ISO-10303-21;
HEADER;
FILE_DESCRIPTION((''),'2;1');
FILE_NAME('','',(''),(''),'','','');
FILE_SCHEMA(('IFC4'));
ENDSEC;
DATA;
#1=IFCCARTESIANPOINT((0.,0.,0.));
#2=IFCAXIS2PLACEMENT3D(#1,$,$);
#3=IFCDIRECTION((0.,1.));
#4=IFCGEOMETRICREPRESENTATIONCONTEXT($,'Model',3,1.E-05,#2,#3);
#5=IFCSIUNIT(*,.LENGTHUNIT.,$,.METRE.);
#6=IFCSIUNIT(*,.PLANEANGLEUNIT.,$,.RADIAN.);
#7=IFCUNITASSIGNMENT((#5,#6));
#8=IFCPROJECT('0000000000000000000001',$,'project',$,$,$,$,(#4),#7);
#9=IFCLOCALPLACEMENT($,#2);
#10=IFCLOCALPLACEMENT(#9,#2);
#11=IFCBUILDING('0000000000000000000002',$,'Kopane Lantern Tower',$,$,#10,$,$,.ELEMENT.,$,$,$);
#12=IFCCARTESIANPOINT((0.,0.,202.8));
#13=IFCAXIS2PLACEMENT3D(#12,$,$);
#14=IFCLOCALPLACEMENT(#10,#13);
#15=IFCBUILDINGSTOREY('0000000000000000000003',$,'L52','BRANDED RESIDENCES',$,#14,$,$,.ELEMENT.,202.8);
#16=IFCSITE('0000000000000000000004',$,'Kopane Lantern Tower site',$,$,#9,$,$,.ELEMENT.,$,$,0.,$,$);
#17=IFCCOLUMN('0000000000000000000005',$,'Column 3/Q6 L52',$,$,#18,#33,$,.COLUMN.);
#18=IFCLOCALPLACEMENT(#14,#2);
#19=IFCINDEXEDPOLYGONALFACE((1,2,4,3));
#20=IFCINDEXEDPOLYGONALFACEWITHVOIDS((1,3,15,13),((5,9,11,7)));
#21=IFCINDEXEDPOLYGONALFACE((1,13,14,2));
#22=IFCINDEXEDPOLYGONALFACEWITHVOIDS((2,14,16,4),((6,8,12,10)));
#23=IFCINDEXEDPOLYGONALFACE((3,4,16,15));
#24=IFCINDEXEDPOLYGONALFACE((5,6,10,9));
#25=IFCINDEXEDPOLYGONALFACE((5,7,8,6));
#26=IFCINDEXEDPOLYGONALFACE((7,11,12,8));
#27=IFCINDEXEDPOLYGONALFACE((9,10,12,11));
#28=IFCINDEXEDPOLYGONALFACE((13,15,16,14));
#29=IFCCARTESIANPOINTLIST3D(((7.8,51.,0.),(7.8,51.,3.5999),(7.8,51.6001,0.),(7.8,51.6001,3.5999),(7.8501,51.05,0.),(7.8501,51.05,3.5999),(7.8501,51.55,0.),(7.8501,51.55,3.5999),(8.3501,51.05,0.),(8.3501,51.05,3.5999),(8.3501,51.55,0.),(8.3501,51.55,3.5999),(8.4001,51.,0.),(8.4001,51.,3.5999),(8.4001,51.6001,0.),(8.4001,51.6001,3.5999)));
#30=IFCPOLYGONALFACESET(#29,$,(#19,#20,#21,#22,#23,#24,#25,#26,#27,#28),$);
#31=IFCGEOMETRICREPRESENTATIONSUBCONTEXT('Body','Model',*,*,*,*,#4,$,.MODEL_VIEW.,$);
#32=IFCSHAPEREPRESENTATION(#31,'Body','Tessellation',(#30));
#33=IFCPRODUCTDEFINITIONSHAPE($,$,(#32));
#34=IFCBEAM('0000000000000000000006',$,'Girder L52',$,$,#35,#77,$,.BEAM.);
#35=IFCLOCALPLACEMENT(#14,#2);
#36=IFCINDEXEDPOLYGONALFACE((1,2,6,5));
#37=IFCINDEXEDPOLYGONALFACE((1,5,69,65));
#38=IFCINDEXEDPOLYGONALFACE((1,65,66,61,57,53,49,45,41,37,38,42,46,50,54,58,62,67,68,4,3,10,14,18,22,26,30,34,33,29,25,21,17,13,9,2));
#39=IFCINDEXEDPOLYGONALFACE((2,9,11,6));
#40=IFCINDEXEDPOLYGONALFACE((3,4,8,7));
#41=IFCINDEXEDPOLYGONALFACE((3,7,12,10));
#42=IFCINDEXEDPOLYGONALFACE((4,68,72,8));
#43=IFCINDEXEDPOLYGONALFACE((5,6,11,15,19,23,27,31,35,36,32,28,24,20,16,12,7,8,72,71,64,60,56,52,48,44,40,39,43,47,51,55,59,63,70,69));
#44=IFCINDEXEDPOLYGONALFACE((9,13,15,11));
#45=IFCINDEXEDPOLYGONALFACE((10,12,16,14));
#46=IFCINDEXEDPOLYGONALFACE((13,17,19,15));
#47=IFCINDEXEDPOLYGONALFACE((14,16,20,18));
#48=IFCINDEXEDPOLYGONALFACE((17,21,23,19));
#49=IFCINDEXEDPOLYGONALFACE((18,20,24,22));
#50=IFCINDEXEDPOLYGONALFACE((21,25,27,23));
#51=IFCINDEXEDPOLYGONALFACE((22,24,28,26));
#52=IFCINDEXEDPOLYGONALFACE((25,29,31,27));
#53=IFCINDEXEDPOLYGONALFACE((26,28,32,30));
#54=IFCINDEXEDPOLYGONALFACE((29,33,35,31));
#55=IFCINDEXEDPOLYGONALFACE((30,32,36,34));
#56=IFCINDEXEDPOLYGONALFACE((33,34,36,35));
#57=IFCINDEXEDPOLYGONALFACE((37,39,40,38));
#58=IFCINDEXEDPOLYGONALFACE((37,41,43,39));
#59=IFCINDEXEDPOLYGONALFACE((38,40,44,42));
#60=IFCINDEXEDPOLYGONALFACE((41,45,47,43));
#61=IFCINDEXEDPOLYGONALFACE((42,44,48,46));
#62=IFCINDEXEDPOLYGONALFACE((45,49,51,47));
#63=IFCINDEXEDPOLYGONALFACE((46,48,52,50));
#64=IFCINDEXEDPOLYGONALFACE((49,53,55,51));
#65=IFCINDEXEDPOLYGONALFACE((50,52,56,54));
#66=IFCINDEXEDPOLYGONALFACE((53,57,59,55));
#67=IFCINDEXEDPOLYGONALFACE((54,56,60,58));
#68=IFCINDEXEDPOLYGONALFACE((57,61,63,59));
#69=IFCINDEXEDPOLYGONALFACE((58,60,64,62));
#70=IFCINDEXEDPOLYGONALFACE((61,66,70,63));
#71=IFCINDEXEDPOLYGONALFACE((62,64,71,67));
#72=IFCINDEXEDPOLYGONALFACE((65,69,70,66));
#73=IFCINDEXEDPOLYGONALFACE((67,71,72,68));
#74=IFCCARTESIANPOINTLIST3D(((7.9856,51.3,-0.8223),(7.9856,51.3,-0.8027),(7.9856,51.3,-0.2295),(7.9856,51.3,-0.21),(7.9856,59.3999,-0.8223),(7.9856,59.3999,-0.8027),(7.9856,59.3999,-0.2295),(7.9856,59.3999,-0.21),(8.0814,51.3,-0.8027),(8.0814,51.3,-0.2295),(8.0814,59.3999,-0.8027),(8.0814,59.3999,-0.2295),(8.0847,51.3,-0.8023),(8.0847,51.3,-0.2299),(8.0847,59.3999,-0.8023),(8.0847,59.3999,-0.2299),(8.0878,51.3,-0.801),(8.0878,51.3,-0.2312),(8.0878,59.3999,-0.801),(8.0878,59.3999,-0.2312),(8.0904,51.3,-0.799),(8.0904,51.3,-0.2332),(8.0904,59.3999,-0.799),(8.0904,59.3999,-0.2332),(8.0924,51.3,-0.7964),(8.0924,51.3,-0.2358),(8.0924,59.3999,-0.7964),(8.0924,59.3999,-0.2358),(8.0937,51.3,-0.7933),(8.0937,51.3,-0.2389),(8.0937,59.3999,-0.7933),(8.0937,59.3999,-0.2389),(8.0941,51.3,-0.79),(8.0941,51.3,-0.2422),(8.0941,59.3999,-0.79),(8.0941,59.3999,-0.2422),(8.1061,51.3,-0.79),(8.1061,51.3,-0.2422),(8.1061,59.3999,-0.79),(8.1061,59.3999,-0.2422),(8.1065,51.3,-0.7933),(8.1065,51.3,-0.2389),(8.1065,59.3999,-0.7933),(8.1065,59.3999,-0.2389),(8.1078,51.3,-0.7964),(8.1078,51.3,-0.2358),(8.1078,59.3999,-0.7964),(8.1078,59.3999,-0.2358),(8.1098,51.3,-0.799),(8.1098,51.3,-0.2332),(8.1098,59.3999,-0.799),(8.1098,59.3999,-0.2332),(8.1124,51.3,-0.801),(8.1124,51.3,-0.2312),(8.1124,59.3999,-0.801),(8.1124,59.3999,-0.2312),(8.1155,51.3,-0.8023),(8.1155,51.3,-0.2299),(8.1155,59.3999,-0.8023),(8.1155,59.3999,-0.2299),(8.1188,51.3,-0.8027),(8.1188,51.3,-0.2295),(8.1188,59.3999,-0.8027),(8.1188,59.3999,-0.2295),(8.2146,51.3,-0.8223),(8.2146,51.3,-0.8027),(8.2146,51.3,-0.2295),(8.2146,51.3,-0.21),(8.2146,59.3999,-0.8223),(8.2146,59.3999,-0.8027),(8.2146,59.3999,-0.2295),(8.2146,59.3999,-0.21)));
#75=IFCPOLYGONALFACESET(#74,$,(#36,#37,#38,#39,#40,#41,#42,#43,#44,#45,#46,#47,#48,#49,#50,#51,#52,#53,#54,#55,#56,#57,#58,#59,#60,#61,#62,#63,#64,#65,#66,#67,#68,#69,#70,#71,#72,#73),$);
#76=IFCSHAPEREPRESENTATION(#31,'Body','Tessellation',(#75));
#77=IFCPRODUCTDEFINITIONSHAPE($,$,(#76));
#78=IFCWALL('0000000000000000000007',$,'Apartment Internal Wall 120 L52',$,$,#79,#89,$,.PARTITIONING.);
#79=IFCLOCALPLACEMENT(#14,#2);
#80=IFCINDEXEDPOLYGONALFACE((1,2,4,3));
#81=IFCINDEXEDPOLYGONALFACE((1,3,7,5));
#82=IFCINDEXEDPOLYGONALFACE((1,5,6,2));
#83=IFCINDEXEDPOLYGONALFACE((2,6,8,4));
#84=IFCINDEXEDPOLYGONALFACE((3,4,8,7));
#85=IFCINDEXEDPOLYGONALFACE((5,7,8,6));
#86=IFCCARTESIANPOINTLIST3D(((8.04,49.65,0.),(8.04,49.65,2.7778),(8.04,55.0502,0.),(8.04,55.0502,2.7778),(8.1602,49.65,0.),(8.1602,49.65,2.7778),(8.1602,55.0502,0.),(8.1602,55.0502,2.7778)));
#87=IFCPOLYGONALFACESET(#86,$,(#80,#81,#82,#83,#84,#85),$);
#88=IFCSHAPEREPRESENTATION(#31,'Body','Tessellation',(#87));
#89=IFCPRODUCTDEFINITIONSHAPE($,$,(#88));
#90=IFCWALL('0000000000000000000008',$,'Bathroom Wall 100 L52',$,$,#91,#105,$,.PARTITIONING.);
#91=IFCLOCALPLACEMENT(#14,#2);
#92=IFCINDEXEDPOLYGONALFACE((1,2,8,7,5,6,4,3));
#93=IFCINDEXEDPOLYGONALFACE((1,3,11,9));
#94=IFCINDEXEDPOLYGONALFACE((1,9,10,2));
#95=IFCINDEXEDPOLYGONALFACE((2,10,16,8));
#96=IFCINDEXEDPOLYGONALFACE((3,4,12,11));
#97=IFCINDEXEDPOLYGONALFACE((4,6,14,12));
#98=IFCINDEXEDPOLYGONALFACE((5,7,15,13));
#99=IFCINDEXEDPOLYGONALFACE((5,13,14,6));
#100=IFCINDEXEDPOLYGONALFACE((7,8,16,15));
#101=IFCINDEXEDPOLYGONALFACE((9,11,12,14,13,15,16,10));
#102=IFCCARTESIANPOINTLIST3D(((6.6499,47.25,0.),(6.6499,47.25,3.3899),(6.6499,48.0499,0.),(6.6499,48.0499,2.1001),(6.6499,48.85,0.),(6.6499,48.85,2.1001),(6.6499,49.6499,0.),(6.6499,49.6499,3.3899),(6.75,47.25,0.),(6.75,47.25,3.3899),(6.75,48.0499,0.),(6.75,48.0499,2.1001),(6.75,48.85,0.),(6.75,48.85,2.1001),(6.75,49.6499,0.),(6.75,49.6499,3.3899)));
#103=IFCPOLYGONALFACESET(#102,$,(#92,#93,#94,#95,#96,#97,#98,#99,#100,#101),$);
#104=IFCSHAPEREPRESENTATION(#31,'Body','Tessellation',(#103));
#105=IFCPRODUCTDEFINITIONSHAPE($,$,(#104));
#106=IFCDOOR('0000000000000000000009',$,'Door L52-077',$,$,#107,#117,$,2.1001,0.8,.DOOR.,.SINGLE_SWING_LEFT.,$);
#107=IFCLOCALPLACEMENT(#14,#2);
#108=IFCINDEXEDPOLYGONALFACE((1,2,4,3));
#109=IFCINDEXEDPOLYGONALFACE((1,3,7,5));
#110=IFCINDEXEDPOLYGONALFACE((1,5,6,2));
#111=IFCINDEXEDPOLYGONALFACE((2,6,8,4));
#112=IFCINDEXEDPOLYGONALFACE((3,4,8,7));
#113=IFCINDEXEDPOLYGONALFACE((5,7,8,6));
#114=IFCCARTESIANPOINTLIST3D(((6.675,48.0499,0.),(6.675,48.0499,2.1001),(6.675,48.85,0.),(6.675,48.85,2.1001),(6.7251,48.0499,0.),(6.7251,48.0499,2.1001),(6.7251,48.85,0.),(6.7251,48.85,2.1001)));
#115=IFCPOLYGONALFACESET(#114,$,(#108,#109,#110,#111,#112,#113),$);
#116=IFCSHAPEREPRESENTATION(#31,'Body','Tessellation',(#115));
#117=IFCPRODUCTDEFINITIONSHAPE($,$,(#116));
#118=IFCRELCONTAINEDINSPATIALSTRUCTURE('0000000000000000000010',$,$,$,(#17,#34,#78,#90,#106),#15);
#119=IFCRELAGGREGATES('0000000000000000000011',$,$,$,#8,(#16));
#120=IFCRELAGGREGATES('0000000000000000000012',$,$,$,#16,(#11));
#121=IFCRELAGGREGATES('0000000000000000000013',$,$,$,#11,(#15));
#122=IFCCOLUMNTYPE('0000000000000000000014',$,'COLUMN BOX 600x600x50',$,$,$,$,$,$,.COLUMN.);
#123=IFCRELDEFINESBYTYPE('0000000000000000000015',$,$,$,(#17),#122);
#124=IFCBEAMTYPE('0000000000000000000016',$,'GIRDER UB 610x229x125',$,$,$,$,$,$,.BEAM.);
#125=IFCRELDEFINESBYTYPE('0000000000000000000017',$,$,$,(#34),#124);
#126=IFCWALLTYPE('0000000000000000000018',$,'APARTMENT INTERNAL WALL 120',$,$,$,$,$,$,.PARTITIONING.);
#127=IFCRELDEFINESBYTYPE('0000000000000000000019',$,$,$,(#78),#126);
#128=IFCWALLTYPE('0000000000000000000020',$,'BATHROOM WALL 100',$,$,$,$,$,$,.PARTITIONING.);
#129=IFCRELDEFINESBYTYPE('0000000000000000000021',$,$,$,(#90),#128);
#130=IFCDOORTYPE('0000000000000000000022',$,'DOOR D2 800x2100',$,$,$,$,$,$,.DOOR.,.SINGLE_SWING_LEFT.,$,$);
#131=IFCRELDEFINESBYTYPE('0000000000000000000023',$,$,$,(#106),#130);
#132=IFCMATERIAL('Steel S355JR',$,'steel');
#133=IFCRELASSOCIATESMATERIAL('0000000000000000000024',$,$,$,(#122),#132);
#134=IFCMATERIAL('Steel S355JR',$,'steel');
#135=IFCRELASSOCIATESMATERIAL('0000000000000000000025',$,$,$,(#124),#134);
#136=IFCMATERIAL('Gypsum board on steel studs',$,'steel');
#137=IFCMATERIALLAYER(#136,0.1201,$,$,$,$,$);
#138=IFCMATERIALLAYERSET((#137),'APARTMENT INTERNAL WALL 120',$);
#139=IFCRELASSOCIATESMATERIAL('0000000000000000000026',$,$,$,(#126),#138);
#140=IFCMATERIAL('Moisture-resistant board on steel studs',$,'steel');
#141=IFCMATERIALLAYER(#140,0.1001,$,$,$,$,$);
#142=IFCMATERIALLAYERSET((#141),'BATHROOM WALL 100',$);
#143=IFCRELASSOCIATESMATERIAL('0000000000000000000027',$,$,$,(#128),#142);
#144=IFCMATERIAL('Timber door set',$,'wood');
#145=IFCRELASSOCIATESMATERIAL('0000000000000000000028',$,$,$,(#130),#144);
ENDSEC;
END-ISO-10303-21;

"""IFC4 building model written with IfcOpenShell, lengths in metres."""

from ifc_helpers import new_model, si_unit, direction, frame, frame_2d, origin, origin_2d, place, context, subcontext, project, spatial, rectangle, hollow_rectangle, i_section, extrude, material, layer, layer_set, material_profile, profile_set, type_object, element, fill, save


model = new_model("IFC4")

# Units and contexts
model_context = context("Model", 3, precision=1e-05, world=origin(), true_north=direction((0.0, 1.0)))
body_context = subcontext(model_context, "Body", "Model", "MODEL_VIEW")
ifc_project = project(units=[si_unit("LENGTHUNIT", "METRE"), si_unit("PLANEANGLEUNIT", "RADIAN")], contexts=[model_context])

# Site, building, storey
site_placement = place(None, origin())
site = spatial("IfcSite", under=ifc_project, at=site_placement, Name="Kopane Lantern Tower site", CompositionType="ELEMENT", RefElevation=0.0)
building_placement = place(site_placement, origin())
building = spatial("IfcBuilding", under=site, at=building_placement, Name="Kopane Lantern Tower", CompositionType="ELEMENT")
storey_placement = place(building_placement, frame((0.0, 0.0, 202.8)))
storey = spatial("IfcBuildingStorey", under=building, at=storey_placement, Name="L52", Description="BRANDED RESIDENCES", CompositionType="ELEMENT", Elevation=202.8)

# Column
ifc_material_1 = material(Name="Steel S355JR", Category="steel")
ifc_material_profile_1 = material_profile(ifc_material_1, hollow_rectangle(XDim=0.6001, YDim=0.6001, WallThickness=0.05, at=origin_2d()), Name="BOX 600x600x50")
ifc_profile_set_1 = profile_set([ifc_material_profile_1], Name="Steel S355JR")
column_type = type_object("IfcColumnType", Name="COLUMN BOX 600x600x50", PredefinedType="COLUMN", material=ifc_profile_set_1)
column_placement = place(storey_placement, frame((8.1001, 51.3, 0.0), z_axis=(0.0, 0.0, 1.0), x_axis=(1.0, 0.0, 0.0)))
element("IfcColumn", 1, at=column_placement, inside=storey, type_object=column_type, Name="Column 3/Q6 L52", PredefinedType="COLUMN", context=body_context, shape_type="SweptSolid", body=[
    extrude(hollow_rectangle(XDim=0.6001, YDim=0.6001, WallThickness=0.05, at=origin_2d()), origin(), (0.0, 0.0, 1.0), 3.5999),
])

# Beam
ifc_material_2 = material(Name="Steel S355JR", Category="steel")
ifc_material_profile_2 = material_profile(ifc_material_2, i_section(OverallWidth=0.229, OverallDepth=0.6123, WebThickness=0.012, FlangeThickness=0.0195, FilletRadius=0.0127, at=origin_2d()), Name="UB 610x229x125")
ifc_profile_set_2 = profile_set([ifc_material_profile_2], Name="Steel S355JR")
beam_type = type_object("IfcBeamType", Name="GIRDER UB 610x229x125", PredefinedType="BEAM", material=ifc_profile_set_2)
beam_placement = place(storey_placement, frame((8.1001, 51.3, -0.5161), z_axis=(0.0, 1.0, 0.0), x_axis=(-1.0, 0.0, 0.0)))
element("IfcBeam", 2, at=beam_placement, inside=storey, type_object=beam_type, Name="Girder L52", PredefinedType="BEAM", context=body_context, shape_type="SweptSolid", body=[
    extrude(i_section(OverallWidth=0.229, OverallDepth=0.6123, WebThickness=0.012, FlangeThickness=0.0195, FilletRadius=0.0127, at=origin_2d()), origin(), (0.0, 0.0, 1.0), 8.0999),
])

# Wall
ifc_material_3 = material(Name="Gypsum board on steel studs", Category="steel")
ifc_layer_1 = layer(ifc_material_3, 0.1201)
ifc_layer_set_1 = layer_set([ifc_layer_1], Name="APARTMENT INTERNAL WALL 120")
wall_type_1 = type_object("IfcWallType", Name="APARTMENT INTERNAL WALL 120", PredefinedType="PARTITIONING", material=ifc_layer_set_1)
wall_1_placement = place(storey_placement, frame((8.1001, 49.6499, 0.0), z_axis=(0.0, 0.0, 1.0), x_axis=(0.0, 1.0, 0.0)))
element("IfcWall", 3, at=wall_1_placement, inside=storey, type_object=wall_type_1, Name="Apartment Internal Wall 120 L52", PredefinedType="PARTITIONING", context=body_context, shape_type="SweptSolid", body=[
    extrude(rectangle(XDim=5.4001, YDim=0.1201, at=frame_2d((2.7002, 0.0))), origin(), (0.0, 0.0, 1.0), 2.7778),
])

# Wall, opening, door
ifc_material_4 = material(Name="Moisture-resistant board on steel studs", Category="steel")
ifc_layer_2 = layer(ifc_material_4, 0.1001)
ifc_layer_set_2 = layer_set([ifc_layer_2], Name="BATHROOM WALL 100")
wall_type_2 = type_object("IfcWallType", Name="BATHROOM WALL 100", PredefinedType="PARTITIONING", material=ifc_layer_set_2)
wall_2_placement = place(storey_placement, frame((6.7, 47.25, 0.0), z_axis=(0.0, 0.0, 1.0), x_axis=(0.0, 1.0, 0.0)))
wall_2 = element("IfcWall", 4, at=wall_2_placement, inside=storey, type_object=wall_type_2, Name="Bathroom Wall 100 L52", PredefinedType="PARTITIONING", context=body_context, shape_type="SweptSolid", body=[
    extrude(rectangle(XDim=2.3999, YDim=0.1001, at=frame_2d((1.2, 0.0))), origin(), (0.0, 0.0, 1.0), 3.3899),
])
opening_1_placement = place(wall_2_placement, frame((0.8, 0.0, 0.0)))
opening_1 = element("IfcOpeningElement", 5, at=opening_1_placement, cuts=wall_2, PredefinedType="OPENING", context=body_context, shape_type="SweptSolid", body=[
    extrude(rectangle(XDim=0.8, YDim=2.1001, at=frame_2d((0.3999, 1.05))), frame((0.0, 0.0601, 0.0), z_axis=(0.0, -1.0, 0.0), x_axis=(1.0, 0.0, 0.0)), (0.0, 0.0, 1.0), 0.1201),
])
ifc_material_5 = material(Name="Timber door set", Category="wood")
door_type_1 = type_object("IfcDoorType", Name="DOOR D2 800x2100", OperationType="SINGLE_SWING_LEFT", PredefinedType="DOOR", material=ifc_material_5)
door_1_placement = place(opening_1_placement, origin())
door_1 = element("IfcDoor", 6, at=door_1_placement, inside=storey, type_object=door_type_1, Name="Door L52-077", OperationType="SINGLE_SWING_LEFT", OverallHeight=2.1001, OverallWidth=0.8, PredefinedType="DOOR", context=body_context, shape_type="SweptSolid", body=[
    extrude(rectangle(XDim=0.8, YDim=2.1001, at=frame_2d((0.3999, 1.05))), frame((0.0, 0.0249, 0.0), z_axis=(0.0, -1.0, 0.0), x_axis=(1.0, 0.0, 0.0)), (0.0, 0.0, 1.0), 0.05),
])
fill(opening_1, door_1)

save(model, "model.ifc")
